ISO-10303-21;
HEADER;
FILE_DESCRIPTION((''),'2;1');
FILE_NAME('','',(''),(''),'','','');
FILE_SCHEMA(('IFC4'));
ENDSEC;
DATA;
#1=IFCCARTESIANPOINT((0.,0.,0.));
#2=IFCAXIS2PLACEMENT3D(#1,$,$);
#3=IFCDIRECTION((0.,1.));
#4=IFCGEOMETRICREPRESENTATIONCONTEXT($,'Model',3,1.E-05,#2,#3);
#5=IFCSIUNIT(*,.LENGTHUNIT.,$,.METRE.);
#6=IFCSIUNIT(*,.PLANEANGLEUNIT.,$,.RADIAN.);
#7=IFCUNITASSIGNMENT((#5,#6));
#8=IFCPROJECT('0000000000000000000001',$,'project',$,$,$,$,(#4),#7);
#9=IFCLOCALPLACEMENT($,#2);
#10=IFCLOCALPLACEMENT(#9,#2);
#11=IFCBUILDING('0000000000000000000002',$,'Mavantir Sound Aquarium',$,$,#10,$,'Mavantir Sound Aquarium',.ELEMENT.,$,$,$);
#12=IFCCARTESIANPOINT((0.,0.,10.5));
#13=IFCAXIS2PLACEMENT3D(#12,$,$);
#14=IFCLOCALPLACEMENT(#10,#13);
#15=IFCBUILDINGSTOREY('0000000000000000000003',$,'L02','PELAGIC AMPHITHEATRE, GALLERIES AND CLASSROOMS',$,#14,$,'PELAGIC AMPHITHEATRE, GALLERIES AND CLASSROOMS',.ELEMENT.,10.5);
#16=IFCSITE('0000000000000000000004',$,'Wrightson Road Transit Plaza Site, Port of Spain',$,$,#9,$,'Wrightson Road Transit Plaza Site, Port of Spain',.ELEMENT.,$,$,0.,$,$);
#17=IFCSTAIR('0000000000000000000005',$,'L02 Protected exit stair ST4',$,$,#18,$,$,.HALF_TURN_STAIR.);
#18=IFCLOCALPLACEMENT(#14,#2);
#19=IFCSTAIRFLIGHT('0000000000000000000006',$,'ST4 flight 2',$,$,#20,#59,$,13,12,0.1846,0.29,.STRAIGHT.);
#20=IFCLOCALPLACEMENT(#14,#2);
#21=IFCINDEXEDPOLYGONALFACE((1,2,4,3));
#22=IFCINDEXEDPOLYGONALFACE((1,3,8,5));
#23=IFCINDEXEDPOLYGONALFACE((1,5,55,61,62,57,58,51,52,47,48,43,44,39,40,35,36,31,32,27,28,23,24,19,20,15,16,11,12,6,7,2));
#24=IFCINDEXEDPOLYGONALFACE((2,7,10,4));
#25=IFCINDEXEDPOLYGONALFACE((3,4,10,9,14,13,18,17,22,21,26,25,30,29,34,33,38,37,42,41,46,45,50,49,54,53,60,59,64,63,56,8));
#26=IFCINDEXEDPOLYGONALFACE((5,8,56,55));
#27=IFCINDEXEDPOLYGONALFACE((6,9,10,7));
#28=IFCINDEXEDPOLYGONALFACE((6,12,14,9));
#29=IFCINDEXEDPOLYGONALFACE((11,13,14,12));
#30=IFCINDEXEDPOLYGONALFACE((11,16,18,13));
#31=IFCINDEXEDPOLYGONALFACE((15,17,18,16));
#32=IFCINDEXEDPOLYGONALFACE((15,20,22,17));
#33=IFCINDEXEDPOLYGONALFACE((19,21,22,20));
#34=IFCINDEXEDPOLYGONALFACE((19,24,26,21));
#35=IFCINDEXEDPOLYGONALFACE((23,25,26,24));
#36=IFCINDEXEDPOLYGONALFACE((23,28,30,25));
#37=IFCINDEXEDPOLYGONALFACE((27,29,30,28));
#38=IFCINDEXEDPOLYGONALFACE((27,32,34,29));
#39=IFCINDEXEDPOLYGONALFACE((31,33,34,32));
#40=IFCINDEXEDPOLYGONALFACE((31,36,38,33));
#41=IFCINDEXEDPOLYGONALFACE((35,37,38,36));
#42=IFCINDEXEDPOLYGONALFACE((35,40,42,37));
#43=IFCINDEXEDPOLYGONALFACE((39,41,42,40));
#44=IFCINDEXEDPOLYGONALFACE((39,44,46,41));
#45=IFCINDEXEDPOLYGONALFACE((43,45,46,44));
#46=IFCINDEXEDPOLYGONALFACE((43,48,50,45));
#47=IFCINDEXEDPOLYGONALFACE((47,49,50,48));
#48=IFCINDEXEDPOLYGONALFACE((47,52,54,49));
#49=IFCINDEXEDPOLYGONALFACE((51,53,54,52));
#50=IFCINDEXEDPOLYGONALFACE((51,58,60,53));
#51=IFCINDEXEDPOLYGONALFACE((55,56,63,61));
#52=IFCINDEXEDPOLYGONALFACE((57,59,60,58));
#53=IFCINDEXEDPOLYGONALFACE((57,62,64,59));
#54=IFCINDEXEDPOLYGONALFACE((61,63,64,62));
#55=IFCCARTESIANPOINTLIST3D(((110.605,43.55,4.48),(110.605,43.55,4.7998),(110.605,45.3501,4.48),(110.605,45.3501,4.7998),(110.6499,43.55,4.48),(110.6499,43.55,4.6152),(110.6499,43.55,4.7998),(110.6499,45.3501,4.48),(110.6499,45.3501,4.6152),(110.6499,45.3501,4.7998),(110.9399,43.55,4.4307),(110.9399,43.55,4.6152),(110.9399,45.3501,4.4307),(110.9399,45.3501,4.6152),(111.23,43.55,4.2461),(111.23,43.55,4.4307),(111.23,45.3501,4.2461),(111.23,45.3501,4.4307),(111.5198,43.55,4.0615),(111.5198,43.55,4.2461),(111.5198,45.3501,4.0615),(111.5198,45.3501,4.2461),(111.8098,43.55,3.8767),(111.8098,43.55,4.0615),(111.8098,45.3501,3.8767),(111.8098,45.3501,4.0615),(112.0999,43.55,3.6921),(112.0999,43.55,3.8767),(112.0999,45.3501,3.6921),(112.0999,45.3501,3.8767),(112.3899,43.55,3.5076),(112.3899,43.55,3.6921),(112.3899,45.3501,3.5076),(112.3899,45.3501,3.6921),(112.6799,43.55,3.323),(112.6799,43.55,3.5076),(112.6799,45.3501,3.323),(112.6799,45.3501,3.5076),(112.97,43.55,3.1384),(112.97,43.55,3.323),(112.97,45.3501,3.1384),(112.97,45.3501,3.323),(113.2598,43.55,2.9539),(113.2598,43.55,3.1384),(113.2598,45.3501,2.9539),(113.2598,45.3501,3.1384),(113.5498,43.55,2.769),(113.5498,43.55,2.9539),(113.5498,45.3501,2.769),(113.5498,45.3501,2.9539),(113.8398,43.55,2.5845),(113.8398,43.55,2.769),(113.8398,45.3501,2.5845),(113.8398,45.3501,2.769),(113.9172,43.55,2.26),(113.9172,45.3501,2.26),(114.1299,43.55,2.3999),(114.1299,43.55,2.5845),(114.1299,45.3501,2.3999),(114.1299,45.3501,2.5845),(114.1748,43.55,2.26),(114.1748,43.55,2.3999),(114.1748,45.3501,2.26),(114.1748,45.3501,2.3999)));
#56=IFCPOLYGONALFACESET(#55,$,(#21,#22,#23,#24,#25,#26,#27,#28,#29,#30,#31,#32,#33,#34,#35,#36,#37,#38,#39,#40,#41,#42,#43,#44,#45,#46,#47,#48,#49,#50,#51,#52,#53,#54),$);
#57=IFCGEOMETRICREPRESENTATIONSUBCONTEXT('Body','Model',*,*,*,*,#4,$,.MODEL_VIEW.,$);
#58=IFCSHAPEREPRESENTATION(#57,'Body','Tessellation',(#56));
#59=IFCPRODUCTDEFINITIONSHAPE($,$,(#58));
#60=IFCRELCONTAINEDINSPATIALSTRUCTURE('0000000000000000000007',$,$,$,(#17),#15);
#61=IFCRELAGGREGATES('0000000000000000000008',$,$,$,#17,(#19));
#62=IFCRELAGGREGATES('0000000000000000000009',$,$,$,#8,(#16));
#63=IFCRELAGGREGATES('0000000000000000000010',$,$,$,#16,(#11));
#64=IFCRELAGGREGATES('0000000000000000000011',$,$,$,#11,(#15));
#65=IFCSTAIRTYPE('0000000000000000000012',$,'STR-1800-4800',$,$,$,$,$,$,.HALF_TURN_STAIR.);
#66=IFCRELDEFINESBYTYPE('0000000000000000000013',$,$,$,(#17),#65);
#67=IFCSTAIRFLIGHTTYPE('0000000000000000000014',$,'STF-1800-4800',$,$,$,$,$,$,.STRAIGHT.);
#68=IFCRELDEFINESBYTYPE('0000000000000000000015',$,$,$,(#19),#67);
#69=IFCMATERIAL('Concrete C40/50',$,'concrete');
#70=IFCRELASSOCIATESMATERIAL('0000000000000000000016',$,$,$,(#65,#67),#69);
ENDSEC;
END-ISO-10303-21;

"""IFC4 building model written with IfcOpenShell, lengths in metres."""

from ifc_helpers import new_model, si_unit, direction, frame, origin, place, context, subcontext, project, spatial, polyline, outline, extrude, material, type_object, element, aggregate, save


model = new_model("IFC4")

# Units and contexts
model_context = context("Model", 3, precision=1e-05, world=origin(), true_north=direction((0.0, 1.0)))
body_context = subcontext(model_context, "Body", "Model", "MODEL_VIEW")
ifc_project = project(units=[si_unit("LENGTHUNIT", "METRE"), si_unit("PLANEANGLEUNIT", "RADIAN")], contexts=[model_context])

# Site, building, storey
site_placement = place(None, origin())
site = spatial("IfcSite", under=ifc_project, at=site_placement, Name="Wrightson Road Transit Plaza Site, Port of Spain", LongName="Wrightson Road Transit Plaza Site, Port of Spain", CompositionType="ELEMENT", RefElevation=0.0)
building_placement = place(site_placement, origin())
building = spatial("IfcBuilding", under=site, at=building_placement, Name="Mavantir Sound Aquarium", LongName="Mavantir Sound Aquarium", CompositionType="ELEMENT")
storey_placement = place(building_placement, frame((0.0, 0.0, 10.5)))
storey = spatial("IfcBuildingStorey", under=building, at=storey_placement, Name="L02", Description="PELAGIC AMPHITHEATRE, GALLERIES AND CLASSROOMS", LongName="PELAGIC AMPHITHEATRE, GALLERIES AND CLASSROOMS", CompositionType="ELEMENT", Elevation=10.5)

# Shared definitions
ifc_material_1 = material(Name="Concrete C40/50", Category="concrete")

# Stair, stair flight
stair_type = type_object("IfcStairType", Name="STR-1800-4800", PredefinedType="HALF_TURN_STAIR", material=ifc_material_1)
stair_placement = place(storey_placement, origin())
stair = element("IfcStair", 1, at=stair_placement, inside=storey, type_object=stair_type, Name="L02 Protected exit stair ST4", PredefinedType="HALF_TURN_STAIR")
stair_flight_type = type_object("IfcStairFlightType", Name="STF-1800-4800", PredefinedType="STRAIGHT", material=ifc_material_1)
stair_flight_1_placement = place(storey_placement, frame((114.1299, 44.45, 2.3999), z_axis=(0.0, 0.0, 1.0), x_axis=(-1.0, 0.0, 0.0)))
stair_flight_1 = element("IfcStairFlight", 2, at=stair_flight_1_placement, type_object=stair_flight_type, Name="ST4 flight 2", NumberOfRisers=13, NumberOfTreads=12, PredefinedType="STRAIGHT", RiserHeight=0.1846, TreadLength=0.29, context=body_context, shape_type="SweptSolid", body=[
    extrude(outline(polyline([(-0.0449, -0.1399), (-0.0449, 0.0), (0.0, 0.0), (0.0, 0.1846), (0.29, 0.1846), (0.29, 0.3691), (0.5801, 0.3691), (0.5801, 0.554), (0.8701, 0.554), (0.8701, 0.7385), (1.1599, 0.7385), (1.1599, 0.9231), (1.45, 0.9231), (1.45, 1.1077), (1.74, 1.1077), (1.74, 1.2922), (2.03, 1.2922), (2.03, 1.4768), (2.3201, 1.4768), (2.3201, 1.6616), (2.6101, 1.6616), (2.6101, 1.8462), (2.8999, 1.8462), (2.8999, 2.0308), (3.1899, 2.0308), (3.1899, 2.2153), (3.48, 2.2153), (3.48, 2.3999), (3.5249, 2.3999), (3.5249, 2.0801), (3.48, 2.0801), (0.2126, -0.1399), (-0.0449, -0.1399)])), frame((0.0, 0.8999, 0.0), z_axis=(0.0, -1.0, 0.0), x_axis=(1.0, 0.0, 0.0)), (0.0, 0.0, 1.0), 1.8),
])
aggregate(stair, [stair_flight_1])

save(model, "model.ifc")
